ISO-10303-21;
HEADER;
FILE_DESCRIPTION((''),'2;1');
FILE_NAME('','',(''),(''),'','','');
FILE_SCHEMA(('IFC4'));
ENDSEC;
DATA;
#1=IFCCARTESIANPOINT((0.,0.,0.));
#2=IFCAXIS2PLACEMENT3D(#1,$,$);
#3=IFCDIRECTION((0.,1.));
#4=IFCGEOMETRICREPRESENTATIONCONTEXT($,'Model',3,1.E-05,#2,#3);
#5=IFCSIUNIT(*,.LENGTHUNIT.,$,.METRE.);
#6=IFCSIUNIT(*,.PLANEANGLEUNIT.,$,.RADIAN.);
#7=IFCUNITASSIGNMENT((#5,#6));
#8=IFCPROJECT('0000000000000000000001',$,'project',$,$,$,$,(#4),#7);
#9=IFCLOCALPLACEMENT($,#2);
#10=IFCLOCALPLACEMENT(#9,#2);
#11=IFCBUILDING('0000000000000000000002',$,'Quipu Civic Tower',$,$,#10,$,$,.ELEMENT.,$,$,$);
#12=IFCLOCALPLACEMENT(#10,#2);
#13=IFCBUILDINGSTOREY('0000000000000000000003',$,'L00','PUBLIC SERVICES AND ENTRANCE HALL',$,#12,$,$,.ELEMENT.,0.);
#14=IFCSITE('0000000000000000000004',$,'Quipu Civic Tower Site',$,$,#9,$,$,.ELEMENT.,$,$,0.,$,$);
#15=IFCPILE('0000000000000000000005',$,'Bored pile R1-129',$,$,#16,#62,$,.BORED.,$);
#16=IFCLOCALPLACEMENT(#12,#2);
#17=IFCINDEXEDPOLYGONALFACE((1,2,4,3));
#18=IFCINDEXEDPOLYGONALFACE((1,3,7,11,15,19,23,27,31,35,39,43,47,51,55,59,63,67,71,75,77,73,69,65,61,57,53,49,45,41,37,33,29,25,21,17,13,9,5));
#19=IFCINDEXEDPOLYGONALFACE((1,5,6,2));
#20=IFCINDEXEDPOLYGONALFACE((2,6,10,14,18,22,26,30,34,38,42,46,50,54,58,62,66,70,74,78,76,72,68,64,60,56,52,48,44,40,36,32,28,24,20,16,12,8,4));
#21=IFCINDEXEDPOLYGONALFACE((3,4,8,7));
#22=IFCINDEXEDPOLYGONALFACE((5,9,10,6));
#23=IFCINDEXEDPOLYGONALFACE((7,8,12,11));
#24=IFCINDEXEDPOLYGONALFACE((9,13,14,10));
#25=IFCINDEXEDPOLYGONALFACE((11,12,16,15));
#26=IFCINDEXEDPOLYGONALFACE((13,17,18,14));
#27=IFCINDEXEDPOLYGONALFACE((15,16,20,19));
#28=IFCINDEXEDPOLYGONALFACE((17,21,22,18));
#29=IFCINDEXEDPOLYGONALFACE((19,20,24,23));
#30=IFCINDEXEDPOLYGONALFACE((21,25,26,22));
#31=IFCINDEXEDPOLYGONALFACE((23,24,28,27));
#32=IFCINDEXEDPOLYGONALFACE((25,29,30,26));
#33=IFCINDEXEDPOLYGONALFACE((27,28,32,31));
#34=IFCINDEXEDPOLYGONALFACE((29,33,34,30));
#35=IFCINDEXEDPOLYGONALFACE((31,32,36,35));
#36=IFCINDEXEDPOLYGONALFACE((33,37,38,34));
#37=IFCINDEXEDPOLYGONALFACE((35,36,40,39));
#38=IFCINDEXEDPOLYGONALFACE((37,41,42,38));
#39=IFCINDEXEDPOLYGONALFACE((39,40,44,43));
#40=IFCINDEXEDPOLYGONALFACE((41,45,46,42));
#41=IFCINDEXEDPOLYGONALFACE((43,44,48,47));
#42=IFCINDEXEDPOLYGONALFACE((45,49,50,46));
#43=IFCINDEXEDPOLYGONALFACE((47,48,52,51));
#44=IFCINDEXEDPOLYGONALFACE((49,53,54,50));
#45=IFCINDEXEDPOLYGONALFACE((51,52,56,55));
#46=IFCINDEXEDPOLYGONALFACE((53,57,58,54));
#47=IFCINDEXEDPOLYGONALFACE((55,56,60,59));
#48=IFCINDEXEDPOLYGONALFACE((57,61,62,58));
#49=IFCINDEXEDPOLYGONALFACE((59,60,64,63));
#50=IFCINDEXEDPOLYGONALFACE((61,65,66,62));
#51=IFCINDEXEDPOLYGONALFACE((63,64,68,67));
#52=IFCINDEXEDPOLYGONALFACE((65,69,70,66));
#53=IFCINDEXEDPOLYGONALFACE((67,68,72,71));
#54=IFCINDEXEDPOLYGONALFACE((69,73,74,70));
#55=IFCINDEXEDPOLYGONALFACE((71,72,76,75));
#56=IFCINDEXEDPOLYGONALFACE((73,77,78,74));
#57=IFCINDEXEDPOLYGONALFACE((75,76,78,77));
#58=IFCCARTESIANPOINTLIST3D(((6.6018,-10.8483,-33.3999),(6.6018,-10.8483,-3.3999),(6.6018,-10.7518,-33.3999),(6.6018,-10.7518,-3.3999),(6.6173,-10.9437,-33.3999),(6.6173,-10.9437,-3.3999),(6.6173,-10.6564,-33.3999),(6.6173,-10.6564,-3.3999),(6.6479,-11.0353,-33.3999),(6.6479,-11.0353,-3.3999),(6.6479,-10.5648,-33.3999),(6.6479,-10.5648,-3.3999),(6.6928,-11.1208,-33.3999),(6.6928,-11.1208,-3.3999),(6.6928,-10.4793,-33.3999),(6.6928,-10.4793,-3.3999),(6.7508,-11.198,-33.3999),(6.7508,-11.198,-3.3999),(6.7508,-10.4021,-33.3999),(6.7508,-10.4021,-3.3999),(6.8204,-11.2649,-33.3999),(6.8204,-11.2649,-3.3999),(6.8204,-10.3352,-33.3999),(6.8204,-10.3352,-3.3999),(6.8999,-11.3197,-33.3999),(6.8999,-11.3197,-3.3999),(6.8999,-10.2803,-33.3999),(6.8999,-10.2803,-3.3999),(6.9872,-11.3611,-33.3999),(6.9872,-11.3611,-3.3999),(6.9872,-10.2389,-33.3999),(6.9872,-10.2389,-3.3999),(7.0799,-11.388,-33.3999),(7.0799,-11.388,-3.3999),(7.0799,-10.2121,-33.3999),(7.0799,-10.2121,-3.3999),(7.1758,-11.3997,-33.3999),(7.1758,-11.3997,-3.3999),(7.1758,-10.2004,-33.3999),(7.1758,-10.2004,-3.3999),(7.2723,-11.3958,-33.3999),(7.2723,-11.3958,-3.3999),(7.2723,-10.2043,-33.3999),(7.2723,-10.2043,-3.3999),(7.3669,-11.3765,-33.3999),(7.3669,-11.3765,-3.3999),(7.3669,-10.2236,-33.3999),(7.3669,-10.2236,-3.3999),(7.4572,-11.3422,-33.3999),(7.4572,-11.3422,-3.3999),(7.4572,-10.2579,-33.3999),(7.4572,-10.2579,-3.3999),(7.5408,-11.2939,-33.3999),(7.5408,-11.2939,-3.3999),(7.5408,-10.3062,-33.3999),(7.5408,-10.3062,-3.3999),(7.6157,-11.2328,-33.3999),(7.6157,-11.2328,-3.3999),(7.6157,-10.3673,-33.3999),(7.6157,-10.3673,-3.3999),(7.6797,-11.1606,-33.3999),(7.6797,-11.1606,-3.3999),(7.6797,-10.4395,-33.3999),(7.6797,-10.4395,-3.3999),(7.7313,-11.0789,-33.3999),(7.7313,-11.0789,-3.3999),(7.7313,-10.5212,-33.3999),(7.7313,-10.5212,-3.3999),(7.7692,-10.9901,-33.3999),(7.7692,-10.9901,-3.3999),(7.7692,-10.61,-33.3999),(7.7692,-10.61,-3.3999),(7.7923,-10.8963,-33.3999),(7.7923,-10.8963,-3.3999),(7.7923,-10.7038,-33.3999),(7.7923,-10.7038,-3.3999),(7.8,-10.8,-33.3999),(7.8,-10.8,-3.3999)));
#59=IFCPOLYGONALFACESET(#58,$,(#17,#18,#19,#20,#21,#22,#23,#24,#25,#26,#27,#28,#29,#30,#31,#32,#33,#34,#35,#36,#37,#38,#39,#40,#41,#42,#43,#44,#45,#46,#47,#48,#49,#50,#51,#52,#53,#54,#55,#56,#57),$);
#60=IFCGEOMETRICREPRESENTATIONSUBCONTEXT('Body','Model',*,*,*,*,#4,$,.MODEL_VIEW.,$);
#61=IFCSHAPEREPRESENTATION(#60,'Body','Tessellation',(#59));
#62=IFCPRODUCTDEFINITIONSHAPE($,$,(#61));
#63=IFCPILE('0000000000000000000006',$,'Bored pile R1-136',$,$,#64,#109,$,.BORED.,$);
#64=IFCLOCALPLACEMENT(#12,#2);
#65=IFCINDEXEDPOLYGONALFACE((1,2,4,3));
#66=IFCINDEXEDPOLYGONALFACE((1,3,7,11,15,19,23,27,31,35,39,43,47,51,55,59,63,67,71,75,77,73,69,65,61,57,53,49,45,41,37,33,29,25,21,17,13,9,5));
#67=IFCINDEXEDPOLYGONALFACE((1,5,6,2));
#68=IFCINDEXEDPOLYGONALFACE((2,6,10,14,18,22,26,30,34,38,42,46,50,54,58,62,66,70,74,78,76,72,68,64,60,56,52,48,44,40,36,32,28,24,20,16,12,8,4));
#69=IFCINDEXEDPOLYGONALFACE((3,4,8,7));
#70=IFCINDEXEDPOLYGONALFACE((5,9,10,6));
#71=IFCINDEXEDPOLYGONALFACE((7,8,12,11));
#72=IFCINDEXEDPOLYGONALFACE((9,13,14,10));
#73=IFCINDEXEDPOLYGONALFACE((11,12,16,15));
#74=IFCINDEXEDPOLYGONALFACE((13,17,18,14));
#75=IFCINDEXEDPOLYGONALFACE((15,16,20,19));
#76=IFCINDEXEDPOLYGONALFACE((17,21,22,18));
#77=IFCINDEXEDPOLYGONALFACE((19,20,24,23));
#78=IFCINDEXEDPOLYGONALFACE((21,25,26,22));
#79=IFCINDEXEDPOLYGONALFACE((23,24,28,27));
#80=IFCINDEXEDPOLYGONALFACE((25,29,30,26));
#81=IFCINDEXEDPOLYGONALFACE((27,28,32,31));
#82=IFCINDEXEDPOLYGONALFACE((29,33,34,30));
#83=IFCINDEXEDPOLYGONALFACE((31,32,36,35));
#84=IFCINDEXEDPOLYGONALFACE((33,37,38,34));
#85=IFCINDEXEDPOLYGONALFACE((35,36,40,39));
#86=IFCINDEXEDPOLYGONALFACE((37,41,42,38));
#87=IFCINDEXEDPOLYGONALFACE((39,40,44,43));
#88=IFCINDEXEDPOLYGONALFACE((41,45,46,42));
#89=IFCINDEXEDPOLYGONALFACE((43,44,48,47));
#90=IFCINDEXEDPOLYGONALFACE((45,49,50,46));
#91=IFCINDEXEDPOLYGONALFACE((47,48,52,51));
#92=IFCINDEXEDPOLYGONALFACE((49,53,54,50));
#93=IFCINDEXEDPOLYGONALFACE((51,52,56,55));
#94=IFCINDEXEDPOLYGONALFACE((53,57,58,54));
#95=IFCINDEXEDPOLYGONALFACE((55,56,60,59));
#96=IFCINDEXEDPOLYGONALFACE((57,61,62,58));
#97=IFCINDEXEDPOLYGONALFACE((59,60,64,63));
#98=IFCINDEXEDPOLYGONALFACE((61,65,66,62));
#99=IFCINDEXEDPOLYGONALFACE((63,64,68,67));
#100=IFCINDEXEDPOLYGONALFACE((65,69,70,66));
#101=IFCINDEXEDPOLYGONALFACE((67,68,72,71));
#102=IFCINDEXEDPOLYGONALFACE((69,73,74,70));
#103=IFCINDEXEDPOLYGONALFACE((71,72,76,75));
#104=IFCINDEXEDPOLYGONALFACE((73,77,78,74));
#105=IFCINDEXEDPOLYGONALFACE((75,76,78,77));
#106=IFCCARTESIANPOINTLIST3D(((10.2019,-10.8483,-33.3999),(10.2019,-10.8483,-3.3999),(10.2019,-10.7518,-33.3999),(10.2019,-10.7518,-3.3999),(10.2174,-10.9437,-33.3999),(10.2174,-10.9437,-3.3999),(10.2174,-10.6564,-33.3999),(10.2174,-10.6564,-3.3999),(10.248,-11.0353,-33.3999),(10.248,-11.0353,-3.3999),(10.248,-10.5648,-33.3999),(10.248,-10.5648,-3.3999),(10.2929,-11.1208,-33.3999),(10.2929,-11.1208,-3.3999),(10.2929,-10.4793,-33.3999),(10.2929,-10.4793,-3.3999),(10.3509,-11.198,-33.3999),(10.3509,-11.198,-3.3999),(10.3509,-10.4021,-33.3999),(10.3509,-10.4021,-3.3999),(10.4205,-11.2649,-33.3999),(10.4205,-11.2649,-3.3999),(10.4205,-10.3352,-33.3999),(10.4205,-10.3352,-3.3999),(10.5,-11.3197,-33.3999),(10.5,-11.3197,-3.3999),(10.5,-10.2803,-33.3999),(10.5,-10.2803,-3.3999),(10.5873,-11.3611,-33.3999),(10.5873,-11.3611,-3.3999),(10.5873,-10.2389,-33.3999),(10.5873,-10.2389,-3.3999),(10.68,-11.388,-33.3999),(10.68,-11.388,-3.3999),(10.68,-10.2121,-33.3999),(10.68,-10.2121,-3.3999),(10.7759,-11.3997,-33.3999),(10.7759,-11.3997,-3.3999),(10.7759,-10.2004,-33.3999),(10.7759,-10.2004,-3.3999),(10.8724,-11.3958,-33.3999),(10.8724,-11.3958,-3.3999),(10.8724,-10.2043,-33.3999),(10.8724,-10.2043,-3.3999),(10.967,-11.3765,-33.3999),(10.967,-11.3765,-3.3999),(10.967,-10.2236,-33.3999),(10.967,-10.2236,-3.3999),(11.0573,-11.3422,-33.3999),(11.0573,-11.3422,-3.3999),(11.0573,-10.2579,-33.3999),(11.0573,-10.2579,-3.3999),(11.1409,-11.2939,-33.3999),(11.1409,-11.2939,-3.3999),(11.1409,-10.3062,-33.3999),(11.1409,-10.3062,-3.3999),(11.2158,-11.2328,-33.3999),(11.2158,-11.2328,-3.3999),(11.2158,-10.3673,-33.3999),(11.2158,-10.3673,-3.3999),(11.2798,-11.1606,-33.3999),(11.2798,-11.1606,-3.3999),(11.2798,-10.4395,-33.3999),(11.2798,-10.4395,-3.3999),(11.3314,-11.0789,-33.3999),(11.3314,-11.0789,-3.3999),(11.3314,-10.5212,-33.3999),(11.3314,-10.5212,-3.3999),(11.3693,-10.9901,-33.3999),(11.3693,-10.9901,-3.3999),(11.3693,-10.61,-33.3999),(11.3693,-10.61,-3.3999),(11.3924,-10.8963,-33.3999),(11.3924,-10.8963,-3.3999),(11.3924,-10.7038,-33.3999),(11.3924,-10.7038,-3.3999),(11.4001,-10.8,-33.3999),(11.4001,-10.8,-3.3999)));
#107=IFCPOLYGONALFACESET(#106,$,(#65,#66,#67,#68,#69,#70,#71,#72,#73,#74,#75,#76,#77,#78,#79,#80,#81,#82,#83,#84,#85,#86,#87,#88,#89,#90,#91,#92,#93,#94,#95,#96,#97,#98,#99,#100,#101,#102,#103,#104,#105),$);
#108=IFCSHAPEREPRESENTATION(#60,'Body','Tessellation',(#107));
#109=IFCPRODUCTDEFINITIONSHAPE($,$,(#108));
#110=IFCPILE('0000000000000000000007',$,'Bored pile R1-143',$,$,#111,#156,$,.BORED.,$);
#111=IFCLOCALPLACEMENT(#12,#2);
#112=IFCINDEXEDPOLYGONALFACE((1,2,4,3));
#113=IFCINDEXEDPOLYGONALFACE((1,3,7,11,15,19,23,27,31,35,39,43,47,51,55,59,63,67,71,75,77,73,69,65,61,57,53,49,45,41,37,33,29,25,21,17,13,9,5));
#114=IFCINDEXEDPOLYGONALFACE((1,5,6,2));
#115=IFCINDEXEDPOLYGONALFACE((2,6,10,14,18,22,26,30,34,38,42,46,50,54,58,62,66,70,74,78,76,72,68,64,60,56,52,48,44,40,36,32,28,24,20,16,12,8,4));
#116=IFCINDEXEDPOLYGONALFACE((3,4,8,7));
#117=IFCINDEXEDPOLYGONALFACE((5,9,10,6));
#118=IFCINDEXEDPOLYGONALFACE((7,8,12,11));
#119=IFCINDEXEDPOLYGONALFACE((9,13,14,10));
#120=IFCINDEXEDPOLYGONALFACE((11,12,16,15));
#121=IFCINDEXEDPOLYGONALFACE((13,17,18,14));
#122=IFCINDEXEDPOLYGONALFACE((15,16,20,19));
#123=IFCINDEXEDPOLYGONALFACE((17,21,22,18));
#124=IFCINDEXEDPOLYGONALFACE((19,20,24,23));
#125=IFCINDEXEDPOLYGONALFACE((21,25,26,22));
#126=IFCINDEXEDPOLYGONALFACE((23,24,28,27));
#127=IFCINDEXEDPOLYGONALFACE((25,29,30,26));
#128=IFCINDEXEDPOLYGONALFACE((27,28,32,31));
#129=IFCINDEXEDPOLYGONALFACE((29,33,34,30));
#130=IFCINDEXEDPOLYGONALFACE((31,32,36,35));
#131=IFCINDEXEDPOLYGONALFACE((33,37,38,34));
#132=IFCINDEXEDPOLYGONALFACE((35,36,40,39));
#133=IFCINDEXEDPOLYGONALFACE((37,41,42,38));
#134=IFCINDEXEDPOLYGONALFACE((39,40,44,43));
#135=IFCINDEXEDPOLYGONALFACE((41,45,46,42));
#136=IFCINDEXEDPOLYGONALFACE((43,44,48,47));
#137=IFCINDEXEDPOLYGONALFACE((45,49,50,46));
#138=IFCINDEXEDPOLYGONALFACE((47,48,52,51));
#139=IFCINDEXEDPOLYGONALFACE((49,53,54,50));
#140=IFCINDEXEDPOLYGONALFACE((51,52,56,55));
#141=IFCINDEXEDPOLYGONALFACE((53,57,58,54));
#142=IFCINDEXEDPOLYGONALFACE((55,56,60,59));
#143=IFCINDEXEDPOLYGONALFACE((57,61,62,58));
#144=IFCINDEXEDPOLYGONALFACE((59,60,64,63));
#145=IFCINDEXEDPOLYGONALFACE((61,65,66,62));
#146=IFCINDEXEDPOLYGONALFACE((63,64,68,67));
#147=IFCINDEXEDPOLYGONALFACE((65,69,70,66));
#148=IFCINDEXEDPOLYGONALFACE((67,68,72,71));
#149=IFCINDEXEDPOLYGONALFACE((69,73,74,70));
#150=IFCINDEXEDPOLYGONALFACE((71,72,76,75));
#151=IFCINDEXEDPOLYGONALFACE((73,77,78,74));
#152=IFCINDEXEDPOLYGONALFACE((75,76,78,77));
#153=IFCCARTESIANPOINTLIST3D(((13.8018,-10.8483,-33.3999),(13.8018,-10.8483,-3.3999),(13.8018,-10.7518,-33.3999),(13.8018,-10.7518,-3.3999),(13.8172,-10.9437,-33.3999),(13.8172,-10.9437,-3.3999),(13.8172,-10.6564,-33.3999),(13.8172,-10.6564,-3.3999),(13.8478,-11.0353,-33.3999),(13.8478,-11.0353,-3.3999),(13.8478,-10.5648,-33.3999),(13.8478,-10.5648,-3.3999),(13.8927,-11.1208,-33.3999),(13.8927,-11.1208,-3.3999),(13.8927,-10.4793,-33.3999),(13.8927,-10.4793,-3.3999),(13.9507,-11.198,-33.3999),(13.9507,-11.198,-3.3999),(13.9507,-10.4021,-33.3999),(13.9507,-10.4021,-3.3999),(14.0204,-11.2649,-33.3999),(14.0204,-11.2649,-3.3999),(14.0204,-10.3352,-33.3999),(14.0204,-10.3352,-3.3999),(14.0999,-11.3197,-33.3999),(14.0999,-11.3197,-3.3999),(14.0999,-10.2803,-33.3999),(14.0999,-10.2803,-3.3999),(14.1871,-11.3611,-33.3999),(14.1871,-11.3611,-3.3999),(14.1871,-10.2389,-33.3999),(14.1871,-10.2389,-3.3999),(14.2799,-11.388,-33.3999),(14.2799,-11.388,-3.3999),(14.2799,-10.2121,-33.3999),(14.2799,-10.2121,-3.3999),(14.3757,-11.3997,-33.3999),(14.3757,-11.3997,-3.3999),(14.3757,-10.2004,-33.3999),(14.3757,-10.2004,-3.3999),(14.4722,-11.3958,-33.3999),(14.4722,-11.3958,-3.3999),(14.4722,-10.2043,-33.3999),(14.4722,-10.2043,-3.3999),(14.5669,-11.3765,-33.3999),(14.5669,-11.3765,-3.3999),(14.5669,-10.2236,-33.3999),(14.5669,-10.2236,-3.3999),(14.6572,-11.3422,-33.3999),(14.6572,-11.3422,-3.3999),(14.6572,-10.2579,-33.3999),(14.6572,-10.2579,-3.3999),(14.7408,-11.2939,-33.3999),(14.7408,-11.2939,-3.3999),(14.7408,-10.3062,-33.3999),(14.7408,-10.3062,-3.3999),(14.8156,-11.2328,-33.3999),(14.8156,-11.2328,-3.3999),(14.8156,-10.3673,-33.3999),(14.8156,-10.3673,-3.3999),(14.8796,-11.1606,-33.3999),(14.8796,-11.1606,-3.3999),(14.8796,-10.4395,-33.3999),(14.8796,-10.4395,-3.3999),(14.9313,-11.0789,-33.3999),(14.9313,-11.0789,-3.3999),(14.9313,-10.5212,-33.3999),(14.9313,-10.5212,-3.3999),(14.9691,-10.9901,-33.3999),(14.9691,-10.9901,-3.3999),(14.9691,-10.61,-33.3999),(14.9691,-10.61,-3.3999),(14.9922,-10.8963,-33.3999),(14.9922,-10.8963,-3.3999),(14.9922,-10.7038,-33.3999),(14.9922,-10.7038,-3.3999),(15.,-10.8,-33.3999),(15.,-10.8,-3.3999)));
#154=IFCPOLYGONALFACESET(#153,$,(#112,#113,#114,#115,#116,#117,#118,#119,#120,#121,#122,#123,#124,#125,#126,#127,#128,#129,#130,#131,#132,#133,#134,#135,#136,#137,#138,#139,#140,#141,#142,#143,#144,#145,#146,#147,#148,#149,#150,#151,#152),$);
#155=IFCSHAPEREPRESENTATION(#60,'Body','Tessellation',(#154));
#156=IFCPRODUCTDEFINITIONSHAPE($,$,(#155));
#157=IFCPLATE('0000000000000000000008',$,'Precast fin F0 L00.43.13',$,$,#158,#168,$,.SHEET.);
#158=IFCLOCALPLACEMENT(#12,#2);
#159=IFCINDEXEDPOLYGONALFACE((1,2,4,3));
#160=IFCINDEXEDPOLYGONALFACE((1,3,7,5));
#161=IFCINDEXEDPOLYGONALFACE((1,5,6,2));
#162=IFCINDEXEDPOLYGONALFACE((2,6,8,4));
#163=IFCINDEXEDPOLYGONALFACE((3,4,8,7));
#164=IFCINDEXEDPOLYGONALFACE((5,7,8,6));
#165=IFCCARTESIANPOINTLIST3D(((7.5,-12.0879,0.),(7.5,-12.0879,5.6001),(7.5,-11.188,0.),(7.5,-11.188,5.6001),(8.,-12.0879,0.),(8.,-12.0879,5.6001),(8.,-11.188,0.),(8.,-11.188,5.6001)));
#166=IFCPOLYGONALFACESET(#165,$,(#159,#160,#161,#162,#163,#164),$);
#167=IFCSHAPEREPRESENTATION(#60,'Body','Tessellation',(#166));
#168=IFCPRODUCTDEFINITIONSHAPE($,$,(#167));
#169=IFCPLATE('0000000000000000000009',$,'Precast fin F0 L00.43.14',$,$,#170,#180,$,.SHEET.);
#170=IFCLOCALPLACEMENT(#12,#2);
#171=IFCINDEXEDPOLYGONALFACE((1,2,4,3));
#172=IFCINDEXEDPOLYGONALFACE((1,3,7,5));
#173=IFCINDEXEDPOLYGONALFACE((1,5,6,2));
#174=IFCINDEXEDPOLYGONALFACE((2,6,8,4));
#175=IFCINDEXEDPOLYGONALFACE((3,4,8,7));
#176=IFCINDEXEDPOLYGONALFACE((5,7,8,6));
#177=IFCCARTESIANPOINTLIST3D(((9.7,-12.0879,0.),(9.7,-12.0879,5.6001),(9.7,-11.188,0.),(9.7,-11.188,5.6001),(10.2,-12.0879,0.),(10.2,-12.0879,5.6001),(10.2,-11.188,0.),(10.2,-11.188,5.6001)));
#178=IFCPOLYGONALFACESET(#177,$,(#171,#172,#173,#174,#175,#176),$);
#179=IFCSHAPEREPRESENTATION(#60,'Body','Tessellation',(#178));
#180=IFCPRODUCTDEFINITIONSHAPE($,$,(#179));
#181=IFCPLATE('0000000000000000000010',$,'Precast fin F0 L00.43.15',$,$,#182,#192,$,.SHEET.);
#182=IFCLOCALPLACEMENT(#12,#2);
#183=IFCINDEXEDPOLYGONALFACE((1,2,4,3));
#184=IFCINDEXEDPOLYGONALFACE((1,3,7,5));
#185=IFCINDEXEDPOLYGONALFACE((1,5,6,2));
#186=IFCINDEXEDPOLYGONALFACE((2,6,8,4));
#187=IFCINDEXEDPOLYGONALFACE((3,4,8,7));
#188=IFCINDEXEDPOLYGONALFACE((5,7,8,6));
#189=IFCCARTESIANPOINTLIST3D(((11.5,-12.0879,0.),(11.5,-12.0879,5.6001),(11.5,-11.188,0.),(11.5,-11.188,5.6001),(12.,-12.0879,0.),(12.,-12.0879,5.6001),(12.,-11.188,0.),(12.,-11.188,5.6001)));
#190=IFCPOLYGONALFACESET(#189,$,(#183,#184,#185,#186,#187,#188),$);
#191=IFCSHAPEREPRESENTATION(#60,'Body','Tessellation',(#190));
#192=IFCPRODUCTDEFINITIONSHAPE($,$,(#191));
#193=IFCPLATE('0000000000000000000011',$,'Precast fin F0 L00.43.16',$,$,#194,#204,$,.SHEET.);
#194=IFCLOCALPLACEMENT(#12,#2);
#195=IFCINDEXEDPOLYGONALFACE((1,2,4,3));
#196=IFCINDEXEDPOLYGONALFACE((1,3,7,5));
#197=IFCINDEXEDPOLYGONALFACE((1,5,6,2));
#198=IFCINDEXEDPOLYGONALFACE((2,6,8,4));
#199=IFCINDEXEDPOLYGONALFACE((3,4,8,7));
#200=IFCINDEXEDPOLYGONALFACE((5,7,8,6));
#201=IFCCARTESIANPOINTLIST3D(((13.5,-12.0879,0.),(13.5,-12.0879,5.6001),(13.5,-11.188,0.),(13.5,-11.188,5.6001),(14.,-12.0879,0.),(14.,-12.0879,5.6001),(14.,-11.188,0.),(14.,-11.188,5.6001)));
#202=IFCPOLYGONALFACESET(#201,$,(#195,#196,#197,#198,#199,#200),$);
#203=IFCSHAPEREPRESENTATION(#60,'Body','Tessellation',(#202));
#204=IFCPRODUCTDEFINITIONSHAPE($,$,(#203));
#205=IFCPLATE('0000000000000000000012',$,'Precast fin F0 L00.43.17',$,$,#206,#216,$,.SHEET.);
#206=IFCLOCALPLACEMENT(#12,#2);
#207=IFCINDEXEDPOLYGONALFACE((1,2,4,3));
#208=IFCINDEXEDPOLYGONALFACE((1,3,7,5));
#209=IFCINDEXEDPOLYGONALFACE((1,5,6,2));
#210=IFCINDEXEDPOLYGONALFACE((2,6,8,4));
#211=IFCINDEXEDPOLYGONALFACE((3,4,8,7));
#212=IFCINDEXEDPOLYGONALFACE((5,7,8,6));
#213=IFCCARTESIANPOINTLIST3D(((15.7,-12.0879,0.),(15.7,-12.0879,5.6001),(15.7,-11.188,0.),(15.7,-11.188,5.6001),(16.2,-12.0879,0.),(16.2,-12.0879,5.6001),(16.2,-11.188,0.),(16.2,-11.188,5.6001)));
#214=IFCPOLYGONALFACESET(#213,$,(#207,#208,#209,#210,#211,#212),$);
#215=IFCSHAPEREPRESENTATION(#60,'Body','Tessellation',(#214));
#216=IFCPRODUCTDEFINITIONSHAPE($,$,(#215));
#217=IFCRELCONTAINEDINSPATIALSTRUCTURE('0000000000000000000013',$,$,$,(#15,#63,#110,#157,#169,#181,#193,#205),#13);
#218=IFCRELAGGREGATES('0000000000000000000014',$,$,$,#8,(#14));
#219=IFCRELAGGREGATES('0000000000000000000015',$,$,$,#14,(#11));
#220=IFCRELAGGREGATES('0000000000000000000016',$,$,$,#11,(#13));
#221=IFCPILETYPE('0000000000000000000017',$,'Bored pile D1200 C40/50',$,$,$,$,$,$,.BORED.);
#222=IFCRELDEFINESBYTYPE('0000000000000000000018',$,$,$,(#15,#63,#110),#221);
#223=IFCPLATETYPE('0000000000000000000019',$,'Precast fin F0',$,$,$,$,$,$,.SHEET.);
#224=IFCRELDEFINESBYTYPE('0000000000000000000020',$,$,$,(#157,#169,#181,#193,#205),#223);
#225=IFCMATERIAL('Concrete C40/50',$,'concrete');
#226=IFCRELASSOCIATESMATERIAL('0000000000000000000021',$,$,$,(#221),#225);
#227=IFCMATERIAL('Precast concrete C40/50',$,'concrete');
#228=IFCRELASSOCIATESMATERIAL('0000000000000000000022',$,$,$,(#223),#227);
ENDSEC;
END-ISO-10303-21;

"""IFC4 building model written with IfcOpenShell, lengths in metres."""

from ifc_helpers import new_model, si_unit, direction, frame, origin, origin_2d, place, context, subcontext, project, spatial, rectangle, circle, extrude, material, material_profile, profile_set, type_object, element, save


model = new_model("IFC4")

# Units and contexts
model_context = context("Model", 3, precision=1e-05, world=origin(), true_north=direction((0.0, 1.0)))
body_context = subcontext(model_context, "Body", "Model", "MODEL_VIEW")
ifc_project = project(units=[si_unit("LENGTHUNIT", "METRE"), si_unit("PLANEANGLEUNIT", "RADIAN")], contexts=[model_context])

# Site, building, storey
site_placement = place(None, origin())
site = spatial("IfcSite", under=ifc_project, at=site_placement, Name="Quipu Civic Tower Site", CompositionType="ELEMENT", RefElevation=0.0)
building_placement = place(site_placement, origin())
building = spatial("IfcBuilding", under=site, at=building_placement, Name="Quipu Civic Tower", CompositionType="ELEMENT")
storey_placement = place(building_placement, origin())
storey = spatial("IfcBuildingStorey", under=building, at=storey_placement, Name="L00", Description="PUBLIC SERVICES AND ENTRANCE HALL", CompositionType="ELEMENT", Elevation=0.0)

# Piles
ifc_material_1 = material(Name="Concrete C40/50", Category="concrete")
ifc_material_profile = material_profile(ifc_material_1, circle(Radius=0.6001, at=origin_2d()), Name="RCD1200")
ifc_profile_set = profile_set([ifc_material_profile], Name="Concrete C40/50")
pile_type = type_object("IfcPileType", Name="Bored pile D1200 C40/50", PredefinedType="BORED", material=ifc_profile_set)
for number, where, z_axis, x_axis, name in (
    (1, (7.2, -10.8, -3.3999), (0.0, 0.0, -1.0), (1.0, 0.0, 0.0), "Bored pile R1-129"),
    (2, (10.8, -10.8, -3.3999), (0.0, 0.0, -1.0), (1.0, 0.0, 0.0), "Bored pile R1-136"),
    (3, (14.3999, -10.8, -3.3999), (0.0, 0.0, -1.0), (1.0, 0.0, 0.0), "Bored pile R1-143"),
):
    element("IfcPile", number, at=place(storey_placement, frame(where, z_axis=z_axis, x_axis=x_axis)), inside=storey, type_object=pile_type, Name=name, PredefinedType="BORED", context=body_context, shape_type="SweptSolid", body=[
        extrude(circle(Radius=0.6001, at=origin_2d()), origin(), (0.0, 0.0, 1.0), 30.0),
    ])

# Plates
ifc_material_2 = material(Name="Precast concrete C40/50", Category="concrete")
plate_type = type_object("IfcPlateType", Name="Precast fin F0", PredefinedType="SHEET", material=ifc_material_2)
for number, where, z_axis, x_axis, name in (
    (4, (7.75, -11.6379, 0.0), (0.0, 0.0, 1.0), (1.0, 0.0, 0.0), "Precast fin F0 L00.43.13"),
    (5, (9.95, -11.6379, 0.0), (0.0, 0.0, 1.0), (1.0, 0.0, 0.0), "Precast fin F0 L00.43.14"),
    (6, (11.75, -11.6379, 0.0), (0.0, 0.0, 1.0), (1.0, 0.0, 0.0), "Precast fin F0 L00.43.15"),
    (7, (13.75, -11.6379, 0.0), (0.0, 0.0, 1.0), (1.0, 0.0, 0.0), "Precast fin F0 L00.43.16"),
    (8, (15.95, -11.6379, 0.0), (0.0, 0.0, 1.0), (1.0, 0.0, 0.0), "Precast fin F0 L00.43.17"),
):
    element("IfcPlate", number, at=place(storey_placement, frame(where, z_axis=z_axis, x_axis=x_axis)), inside=storey, type_object=plate_type, Name=name, PredefinedType="SHEET", context=body_context, shape_type="SweptSolid", body=[
        extrude(rectangle(XDim=0.5, YDim=0.8999, at=origin_2d()), origin(), (0.0, 0.0, 1.0), 5.6001),
    ])

save(model, "model.ifc")
